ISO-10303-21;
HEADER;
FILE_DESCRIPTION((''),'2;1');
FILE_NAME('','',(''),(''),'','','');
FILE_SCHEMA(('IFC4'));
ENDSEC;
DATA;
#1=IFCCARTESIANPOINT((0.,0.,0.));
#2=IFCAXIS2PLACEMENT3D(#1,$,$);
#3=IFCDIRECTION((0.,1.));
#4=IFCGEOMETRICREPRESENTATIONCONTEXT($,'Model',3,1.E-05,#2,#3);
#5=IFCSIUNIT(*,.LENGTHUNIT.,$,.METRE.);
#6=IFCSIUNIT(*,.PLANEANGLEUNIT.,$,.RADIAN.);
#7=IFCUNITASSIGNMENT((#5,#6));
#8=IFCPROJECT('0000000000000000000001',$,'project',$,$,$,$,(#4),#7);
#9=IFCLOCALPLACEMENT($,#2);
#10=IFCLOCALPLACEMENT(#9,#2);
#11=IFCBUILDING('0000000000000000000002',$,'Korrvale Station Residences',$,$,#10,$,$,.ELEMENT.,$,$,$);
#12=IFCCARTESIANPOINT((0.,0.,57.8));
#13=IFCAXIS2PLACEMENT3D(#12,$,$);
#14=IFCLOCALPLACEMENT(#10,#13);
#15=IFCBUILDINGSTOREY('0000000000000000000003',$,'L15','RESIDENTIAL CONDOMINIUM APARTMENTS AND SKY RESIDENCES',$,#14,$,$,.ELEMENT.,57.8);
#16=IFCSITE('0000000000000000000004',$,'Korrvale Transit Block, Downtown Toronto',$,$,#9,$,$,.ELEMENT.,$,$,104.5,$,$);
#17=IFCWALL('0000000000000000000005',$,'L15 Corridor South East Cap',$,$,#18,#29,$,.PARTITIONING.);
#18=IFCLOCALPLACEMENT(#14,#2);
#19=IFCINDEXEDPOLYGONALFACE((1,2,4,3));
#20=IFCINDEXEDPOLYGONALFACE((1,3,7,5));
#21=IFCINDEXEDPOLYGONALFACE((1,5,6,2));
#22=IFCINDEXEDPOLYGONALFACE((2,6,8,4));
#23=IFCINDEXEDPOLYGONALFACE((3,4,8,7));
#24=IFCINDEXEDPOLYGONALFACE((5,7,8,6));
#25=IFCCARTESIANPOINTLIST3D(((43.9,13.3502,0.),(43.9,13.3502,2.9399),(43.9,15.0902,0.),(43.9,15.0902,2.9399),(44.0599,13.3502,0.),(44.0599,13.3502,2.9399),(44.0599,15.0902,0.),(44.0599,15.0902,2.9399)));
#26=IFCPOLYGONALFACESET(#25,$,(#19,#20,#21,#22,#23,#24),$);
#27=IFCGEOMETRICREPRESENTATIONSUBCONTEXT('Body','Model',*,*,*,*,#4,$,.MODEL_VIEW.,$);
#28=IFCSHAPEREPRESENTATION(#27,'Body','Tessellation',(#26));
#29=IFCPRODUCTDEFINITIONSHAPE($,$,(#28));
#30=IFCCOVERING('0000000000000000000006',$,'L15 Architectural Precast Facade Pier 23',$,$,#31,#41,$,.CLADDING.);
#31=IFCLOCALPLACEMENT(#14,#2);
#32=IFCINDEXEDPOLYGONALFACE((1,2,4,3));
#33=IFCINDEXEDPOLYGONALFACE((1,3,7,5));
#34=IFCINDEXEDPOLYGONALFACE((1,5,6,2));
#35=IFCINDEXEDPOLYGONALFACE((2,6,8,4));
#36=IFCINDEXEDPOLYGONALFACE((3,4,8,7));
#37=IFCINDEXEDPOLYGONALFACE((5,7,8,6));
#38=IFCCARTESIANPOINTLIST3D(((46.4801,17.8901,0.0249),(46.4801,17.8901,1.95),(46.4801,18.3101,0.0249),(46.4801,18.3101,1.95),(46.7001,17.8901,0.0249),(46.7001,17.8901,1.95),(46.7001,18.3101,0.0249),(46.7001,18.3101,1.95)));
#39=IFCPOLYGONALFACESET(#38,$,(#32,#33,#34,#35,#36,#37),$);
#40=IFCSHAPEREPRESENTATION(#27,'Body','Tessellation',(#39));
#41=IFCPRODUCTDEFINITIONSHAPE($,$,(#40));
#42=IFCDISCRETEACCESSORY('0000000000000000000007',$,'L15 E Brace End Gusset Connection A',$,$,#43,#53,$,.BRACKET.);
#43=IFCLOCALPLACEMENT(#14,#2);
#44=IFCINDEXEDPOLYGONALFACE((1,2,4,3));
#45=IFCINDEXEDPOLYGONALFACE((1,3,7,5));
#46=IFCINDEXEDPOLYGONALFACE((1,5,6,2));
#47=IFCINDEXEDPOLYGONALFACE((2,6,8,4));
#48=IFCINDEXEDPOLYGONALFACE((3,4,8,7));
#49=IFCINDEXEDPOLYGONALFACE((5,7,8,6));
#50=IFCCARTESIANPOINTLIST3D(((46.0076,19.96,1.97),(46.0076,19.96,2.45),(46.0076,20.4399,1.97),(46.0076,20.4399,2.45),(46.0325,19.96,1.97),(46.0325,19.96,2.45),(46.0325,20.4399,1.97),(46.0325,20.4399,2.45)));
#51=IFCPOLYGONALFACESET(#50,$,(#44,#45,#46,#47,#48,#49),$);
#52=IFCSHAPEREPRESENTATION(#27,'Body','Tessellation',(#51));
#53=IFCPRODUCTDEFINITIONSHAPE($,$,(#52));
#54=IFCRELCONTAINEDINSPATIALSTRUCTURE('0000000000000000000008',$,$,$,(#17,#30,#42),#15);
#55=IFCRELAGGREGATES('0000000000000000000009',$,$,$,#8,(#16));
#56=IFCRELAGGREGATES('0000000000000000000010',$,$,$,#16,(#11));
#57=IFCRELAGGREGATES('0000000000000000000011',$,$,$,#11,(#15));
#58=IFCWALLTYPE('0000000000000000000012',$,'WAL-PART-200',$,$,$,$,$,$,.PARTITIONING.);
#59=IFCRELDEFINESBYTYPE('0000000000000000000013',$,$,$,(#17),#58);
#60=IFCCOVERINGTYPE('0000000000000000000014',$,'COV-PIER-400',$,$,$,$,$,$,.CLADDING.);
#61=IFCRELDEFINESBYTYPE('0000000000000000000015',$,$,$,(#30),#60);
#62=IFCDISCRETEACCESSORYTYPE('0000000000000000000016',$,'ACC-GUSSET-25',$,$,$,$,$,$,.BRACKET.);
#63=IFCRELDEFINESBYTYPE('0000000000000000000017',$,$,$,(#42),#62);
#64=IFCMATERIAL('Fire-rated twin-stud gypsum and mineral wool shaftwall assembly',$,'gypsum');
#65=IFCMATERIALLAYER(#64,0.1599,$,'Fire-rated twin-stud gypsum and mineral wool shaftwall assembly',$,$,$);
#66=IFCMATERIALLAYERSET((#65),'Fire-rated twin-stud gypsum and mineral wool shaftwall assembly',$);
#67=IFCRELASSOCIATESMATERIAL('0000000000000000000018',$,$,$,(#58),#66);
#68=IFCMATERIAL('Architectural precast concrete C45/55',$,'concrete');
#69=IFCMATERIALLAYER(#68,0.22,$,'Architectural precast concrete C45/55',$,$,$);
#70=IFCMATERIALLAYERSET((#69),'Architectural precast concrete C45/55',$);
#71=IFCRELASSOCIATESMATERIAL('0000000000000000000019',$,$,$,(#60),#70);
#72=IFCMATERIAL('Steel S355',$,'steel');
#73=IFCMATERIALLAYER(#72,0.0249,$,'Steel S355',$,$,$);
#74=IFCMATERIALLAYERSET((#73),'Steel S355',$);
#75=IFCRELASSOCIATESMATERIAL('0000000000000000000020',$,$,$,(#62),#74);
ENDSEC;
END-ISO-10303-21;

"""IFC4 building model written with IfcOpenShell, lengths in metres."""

from ifc_helpers import new_model, si_unit, direction, frame, frame_2d, origin, origin_2d, place, context, subcontext, project, spatial, rectangle, extrude, material, layer, layer_set, type_object, element, save


model = new_model("IFC4")

# Units and contexts
model_context = context("Model", 3, precision=1e-05, world=origin(), true_north=direction((0.0, 1.0)))
body_context = subcontext(model_context, "Body", "Model", "MODEL_VIEW")
ifc_project = project(units=[si_unit("LENGTHUNIT", "METRE"), si_unit("PLANEANGLEUNIT", "RADIAN")], contexts=[model_context])

# Site, building, storey
site_placement = place(None, origin())
site = spatial("IfcSite", under=ifc_project, at=site_placement, Name="Korrvale Transit Block, Downtown Toronto", CompositionType="ELEMENT", RefElevation=104.5)
building_placement = place(site_placement, origin())
building = spatial("IfcBuilding", under=site, at=building_placement, Name="Korrvale Station Residences", CompositionType="ELEMENT")
storey_placement = place(building_placement, frame((0.0, 0.0, 57.8)))
storey = spatial("IfcBuildingStorey", under=building, at=storey_placement, Name="L15", Description="RESIDENTIAL CONDOMINIUM APARTMENTS AND SKY RESIDENCES", CompositionType="ELEMENT", Elevation=57.8)

# Wall
ifc_material_1 = material(Name="Fire-rated twin-stud gypsum and mineral wool shaftwall assembly", Category="gypsum")
ifc_layer_1 = layer(ifc_material_1, 0.1599, Name="Fire-rated twin-stud gypsum and mineral wool shaftwall assembly")
ifc_layer_set_1 = layer_set([ifc_layer_1], Name="Fire-rated twin-stud gypsum and mineral wool shaftwall assembly")
wall_type_1 = type_object("IfcWallType", Name="WAL-PART-200", PredefinedType="PARTITIONING", material=ifc_layer_set_1)
wall_1_placement = place(storey_placement, frame((43.98, 13.3501, 0.0), z_axis=(0.0, 0.0, 1.0), x_axis=(0.0, 1.0, 0.0)))
element("IfcWall", 1, at=wall_1_placement, inside=storey, type_object=wall_type_1, Name="L15 Corridor South East Cap", PredefinedType="PARTITIONING", context=body_context, shape_type="SweptSolid", body=[
    extrude(rectangle(XDim=1.74, YDim=0.1599, at=frame_2d((0.8701, 0.0))), origin(), (0.0, 0.0, 1.0), 2.9399),
])

# Covering
ifc_material_2 = material(Name="Architectural precast concrete C45/55", Category="concrete")
ifc_layer_2 = layer(ifc_material_2, 0.22, Name="Architectural precast concrete C45/55")
ifc_layer_set_2 = layer_set([ifc_layer_2], Name="Architectural precast concrete C45/55")
covering_type = type_object("IfcCoveringType", Name="COV-PIER-400", PredefinedType="CLADDING", material=ifc_layer_set_2)
covering_placement = place(storey_placement, frame((46.5901, 18.1001, 0.0249), z_axis=(0.0, 0.0, 1.0), x_axis=(0.0, 1.0, 0.0)))
element("IfcCovering", 2, at=covering_placement, inside=storey, type_object=covering_type, Name="L15 Architectural Precast Facade Pier 23", PredefinedType="CLADDING", context=body_context, shape_type="SweptSolid", body=[
    extrude(rectangle(XDim=0.4199, YDim=0.22, at=origin_2d()), origin(), (0.0, 0.0, 1.0), 1.925),
])

# Discrete accessory
ifc_material_3 = material(Name="Steel S355", Category="steel")
ifc_layer_3 = layer(ifc_material_3, 0.0249, Name="Steel S355")
ifc_layer_set_3 = layer_set([ifc_layer_3], Name="Steel S355")
discrete_accessory_type = type_object("IfcDiscreteAccessoryType", Name="ACC-GUSSET-25", PredefinedType="BRACKET", material=ifc_layer_set_3)
discrete_accessory_placement = place(storey_placement, frame((46.02, 20.2, 1.97), z_axis=(0.0, 0.0, 1.0), x_axis=(0.0, 1.0, 0.0)))
element("IfcDiscreteAccessory", 3, at=discrete_accessory_placement, inside=storey, type_object=discrete_accessory_type, Name="L15 E Brace End Gusset Connection A", PredefinedType="BRACKET", context=body_context, shape_type="SweptSolid", body=[
    extrude(rectangle(XDim=0.48, YDim=0.0249, at=origin_2d()), origin(), (0.0, 0.0, 1.0), 0.48),
])

save(model, "model.ifc")
